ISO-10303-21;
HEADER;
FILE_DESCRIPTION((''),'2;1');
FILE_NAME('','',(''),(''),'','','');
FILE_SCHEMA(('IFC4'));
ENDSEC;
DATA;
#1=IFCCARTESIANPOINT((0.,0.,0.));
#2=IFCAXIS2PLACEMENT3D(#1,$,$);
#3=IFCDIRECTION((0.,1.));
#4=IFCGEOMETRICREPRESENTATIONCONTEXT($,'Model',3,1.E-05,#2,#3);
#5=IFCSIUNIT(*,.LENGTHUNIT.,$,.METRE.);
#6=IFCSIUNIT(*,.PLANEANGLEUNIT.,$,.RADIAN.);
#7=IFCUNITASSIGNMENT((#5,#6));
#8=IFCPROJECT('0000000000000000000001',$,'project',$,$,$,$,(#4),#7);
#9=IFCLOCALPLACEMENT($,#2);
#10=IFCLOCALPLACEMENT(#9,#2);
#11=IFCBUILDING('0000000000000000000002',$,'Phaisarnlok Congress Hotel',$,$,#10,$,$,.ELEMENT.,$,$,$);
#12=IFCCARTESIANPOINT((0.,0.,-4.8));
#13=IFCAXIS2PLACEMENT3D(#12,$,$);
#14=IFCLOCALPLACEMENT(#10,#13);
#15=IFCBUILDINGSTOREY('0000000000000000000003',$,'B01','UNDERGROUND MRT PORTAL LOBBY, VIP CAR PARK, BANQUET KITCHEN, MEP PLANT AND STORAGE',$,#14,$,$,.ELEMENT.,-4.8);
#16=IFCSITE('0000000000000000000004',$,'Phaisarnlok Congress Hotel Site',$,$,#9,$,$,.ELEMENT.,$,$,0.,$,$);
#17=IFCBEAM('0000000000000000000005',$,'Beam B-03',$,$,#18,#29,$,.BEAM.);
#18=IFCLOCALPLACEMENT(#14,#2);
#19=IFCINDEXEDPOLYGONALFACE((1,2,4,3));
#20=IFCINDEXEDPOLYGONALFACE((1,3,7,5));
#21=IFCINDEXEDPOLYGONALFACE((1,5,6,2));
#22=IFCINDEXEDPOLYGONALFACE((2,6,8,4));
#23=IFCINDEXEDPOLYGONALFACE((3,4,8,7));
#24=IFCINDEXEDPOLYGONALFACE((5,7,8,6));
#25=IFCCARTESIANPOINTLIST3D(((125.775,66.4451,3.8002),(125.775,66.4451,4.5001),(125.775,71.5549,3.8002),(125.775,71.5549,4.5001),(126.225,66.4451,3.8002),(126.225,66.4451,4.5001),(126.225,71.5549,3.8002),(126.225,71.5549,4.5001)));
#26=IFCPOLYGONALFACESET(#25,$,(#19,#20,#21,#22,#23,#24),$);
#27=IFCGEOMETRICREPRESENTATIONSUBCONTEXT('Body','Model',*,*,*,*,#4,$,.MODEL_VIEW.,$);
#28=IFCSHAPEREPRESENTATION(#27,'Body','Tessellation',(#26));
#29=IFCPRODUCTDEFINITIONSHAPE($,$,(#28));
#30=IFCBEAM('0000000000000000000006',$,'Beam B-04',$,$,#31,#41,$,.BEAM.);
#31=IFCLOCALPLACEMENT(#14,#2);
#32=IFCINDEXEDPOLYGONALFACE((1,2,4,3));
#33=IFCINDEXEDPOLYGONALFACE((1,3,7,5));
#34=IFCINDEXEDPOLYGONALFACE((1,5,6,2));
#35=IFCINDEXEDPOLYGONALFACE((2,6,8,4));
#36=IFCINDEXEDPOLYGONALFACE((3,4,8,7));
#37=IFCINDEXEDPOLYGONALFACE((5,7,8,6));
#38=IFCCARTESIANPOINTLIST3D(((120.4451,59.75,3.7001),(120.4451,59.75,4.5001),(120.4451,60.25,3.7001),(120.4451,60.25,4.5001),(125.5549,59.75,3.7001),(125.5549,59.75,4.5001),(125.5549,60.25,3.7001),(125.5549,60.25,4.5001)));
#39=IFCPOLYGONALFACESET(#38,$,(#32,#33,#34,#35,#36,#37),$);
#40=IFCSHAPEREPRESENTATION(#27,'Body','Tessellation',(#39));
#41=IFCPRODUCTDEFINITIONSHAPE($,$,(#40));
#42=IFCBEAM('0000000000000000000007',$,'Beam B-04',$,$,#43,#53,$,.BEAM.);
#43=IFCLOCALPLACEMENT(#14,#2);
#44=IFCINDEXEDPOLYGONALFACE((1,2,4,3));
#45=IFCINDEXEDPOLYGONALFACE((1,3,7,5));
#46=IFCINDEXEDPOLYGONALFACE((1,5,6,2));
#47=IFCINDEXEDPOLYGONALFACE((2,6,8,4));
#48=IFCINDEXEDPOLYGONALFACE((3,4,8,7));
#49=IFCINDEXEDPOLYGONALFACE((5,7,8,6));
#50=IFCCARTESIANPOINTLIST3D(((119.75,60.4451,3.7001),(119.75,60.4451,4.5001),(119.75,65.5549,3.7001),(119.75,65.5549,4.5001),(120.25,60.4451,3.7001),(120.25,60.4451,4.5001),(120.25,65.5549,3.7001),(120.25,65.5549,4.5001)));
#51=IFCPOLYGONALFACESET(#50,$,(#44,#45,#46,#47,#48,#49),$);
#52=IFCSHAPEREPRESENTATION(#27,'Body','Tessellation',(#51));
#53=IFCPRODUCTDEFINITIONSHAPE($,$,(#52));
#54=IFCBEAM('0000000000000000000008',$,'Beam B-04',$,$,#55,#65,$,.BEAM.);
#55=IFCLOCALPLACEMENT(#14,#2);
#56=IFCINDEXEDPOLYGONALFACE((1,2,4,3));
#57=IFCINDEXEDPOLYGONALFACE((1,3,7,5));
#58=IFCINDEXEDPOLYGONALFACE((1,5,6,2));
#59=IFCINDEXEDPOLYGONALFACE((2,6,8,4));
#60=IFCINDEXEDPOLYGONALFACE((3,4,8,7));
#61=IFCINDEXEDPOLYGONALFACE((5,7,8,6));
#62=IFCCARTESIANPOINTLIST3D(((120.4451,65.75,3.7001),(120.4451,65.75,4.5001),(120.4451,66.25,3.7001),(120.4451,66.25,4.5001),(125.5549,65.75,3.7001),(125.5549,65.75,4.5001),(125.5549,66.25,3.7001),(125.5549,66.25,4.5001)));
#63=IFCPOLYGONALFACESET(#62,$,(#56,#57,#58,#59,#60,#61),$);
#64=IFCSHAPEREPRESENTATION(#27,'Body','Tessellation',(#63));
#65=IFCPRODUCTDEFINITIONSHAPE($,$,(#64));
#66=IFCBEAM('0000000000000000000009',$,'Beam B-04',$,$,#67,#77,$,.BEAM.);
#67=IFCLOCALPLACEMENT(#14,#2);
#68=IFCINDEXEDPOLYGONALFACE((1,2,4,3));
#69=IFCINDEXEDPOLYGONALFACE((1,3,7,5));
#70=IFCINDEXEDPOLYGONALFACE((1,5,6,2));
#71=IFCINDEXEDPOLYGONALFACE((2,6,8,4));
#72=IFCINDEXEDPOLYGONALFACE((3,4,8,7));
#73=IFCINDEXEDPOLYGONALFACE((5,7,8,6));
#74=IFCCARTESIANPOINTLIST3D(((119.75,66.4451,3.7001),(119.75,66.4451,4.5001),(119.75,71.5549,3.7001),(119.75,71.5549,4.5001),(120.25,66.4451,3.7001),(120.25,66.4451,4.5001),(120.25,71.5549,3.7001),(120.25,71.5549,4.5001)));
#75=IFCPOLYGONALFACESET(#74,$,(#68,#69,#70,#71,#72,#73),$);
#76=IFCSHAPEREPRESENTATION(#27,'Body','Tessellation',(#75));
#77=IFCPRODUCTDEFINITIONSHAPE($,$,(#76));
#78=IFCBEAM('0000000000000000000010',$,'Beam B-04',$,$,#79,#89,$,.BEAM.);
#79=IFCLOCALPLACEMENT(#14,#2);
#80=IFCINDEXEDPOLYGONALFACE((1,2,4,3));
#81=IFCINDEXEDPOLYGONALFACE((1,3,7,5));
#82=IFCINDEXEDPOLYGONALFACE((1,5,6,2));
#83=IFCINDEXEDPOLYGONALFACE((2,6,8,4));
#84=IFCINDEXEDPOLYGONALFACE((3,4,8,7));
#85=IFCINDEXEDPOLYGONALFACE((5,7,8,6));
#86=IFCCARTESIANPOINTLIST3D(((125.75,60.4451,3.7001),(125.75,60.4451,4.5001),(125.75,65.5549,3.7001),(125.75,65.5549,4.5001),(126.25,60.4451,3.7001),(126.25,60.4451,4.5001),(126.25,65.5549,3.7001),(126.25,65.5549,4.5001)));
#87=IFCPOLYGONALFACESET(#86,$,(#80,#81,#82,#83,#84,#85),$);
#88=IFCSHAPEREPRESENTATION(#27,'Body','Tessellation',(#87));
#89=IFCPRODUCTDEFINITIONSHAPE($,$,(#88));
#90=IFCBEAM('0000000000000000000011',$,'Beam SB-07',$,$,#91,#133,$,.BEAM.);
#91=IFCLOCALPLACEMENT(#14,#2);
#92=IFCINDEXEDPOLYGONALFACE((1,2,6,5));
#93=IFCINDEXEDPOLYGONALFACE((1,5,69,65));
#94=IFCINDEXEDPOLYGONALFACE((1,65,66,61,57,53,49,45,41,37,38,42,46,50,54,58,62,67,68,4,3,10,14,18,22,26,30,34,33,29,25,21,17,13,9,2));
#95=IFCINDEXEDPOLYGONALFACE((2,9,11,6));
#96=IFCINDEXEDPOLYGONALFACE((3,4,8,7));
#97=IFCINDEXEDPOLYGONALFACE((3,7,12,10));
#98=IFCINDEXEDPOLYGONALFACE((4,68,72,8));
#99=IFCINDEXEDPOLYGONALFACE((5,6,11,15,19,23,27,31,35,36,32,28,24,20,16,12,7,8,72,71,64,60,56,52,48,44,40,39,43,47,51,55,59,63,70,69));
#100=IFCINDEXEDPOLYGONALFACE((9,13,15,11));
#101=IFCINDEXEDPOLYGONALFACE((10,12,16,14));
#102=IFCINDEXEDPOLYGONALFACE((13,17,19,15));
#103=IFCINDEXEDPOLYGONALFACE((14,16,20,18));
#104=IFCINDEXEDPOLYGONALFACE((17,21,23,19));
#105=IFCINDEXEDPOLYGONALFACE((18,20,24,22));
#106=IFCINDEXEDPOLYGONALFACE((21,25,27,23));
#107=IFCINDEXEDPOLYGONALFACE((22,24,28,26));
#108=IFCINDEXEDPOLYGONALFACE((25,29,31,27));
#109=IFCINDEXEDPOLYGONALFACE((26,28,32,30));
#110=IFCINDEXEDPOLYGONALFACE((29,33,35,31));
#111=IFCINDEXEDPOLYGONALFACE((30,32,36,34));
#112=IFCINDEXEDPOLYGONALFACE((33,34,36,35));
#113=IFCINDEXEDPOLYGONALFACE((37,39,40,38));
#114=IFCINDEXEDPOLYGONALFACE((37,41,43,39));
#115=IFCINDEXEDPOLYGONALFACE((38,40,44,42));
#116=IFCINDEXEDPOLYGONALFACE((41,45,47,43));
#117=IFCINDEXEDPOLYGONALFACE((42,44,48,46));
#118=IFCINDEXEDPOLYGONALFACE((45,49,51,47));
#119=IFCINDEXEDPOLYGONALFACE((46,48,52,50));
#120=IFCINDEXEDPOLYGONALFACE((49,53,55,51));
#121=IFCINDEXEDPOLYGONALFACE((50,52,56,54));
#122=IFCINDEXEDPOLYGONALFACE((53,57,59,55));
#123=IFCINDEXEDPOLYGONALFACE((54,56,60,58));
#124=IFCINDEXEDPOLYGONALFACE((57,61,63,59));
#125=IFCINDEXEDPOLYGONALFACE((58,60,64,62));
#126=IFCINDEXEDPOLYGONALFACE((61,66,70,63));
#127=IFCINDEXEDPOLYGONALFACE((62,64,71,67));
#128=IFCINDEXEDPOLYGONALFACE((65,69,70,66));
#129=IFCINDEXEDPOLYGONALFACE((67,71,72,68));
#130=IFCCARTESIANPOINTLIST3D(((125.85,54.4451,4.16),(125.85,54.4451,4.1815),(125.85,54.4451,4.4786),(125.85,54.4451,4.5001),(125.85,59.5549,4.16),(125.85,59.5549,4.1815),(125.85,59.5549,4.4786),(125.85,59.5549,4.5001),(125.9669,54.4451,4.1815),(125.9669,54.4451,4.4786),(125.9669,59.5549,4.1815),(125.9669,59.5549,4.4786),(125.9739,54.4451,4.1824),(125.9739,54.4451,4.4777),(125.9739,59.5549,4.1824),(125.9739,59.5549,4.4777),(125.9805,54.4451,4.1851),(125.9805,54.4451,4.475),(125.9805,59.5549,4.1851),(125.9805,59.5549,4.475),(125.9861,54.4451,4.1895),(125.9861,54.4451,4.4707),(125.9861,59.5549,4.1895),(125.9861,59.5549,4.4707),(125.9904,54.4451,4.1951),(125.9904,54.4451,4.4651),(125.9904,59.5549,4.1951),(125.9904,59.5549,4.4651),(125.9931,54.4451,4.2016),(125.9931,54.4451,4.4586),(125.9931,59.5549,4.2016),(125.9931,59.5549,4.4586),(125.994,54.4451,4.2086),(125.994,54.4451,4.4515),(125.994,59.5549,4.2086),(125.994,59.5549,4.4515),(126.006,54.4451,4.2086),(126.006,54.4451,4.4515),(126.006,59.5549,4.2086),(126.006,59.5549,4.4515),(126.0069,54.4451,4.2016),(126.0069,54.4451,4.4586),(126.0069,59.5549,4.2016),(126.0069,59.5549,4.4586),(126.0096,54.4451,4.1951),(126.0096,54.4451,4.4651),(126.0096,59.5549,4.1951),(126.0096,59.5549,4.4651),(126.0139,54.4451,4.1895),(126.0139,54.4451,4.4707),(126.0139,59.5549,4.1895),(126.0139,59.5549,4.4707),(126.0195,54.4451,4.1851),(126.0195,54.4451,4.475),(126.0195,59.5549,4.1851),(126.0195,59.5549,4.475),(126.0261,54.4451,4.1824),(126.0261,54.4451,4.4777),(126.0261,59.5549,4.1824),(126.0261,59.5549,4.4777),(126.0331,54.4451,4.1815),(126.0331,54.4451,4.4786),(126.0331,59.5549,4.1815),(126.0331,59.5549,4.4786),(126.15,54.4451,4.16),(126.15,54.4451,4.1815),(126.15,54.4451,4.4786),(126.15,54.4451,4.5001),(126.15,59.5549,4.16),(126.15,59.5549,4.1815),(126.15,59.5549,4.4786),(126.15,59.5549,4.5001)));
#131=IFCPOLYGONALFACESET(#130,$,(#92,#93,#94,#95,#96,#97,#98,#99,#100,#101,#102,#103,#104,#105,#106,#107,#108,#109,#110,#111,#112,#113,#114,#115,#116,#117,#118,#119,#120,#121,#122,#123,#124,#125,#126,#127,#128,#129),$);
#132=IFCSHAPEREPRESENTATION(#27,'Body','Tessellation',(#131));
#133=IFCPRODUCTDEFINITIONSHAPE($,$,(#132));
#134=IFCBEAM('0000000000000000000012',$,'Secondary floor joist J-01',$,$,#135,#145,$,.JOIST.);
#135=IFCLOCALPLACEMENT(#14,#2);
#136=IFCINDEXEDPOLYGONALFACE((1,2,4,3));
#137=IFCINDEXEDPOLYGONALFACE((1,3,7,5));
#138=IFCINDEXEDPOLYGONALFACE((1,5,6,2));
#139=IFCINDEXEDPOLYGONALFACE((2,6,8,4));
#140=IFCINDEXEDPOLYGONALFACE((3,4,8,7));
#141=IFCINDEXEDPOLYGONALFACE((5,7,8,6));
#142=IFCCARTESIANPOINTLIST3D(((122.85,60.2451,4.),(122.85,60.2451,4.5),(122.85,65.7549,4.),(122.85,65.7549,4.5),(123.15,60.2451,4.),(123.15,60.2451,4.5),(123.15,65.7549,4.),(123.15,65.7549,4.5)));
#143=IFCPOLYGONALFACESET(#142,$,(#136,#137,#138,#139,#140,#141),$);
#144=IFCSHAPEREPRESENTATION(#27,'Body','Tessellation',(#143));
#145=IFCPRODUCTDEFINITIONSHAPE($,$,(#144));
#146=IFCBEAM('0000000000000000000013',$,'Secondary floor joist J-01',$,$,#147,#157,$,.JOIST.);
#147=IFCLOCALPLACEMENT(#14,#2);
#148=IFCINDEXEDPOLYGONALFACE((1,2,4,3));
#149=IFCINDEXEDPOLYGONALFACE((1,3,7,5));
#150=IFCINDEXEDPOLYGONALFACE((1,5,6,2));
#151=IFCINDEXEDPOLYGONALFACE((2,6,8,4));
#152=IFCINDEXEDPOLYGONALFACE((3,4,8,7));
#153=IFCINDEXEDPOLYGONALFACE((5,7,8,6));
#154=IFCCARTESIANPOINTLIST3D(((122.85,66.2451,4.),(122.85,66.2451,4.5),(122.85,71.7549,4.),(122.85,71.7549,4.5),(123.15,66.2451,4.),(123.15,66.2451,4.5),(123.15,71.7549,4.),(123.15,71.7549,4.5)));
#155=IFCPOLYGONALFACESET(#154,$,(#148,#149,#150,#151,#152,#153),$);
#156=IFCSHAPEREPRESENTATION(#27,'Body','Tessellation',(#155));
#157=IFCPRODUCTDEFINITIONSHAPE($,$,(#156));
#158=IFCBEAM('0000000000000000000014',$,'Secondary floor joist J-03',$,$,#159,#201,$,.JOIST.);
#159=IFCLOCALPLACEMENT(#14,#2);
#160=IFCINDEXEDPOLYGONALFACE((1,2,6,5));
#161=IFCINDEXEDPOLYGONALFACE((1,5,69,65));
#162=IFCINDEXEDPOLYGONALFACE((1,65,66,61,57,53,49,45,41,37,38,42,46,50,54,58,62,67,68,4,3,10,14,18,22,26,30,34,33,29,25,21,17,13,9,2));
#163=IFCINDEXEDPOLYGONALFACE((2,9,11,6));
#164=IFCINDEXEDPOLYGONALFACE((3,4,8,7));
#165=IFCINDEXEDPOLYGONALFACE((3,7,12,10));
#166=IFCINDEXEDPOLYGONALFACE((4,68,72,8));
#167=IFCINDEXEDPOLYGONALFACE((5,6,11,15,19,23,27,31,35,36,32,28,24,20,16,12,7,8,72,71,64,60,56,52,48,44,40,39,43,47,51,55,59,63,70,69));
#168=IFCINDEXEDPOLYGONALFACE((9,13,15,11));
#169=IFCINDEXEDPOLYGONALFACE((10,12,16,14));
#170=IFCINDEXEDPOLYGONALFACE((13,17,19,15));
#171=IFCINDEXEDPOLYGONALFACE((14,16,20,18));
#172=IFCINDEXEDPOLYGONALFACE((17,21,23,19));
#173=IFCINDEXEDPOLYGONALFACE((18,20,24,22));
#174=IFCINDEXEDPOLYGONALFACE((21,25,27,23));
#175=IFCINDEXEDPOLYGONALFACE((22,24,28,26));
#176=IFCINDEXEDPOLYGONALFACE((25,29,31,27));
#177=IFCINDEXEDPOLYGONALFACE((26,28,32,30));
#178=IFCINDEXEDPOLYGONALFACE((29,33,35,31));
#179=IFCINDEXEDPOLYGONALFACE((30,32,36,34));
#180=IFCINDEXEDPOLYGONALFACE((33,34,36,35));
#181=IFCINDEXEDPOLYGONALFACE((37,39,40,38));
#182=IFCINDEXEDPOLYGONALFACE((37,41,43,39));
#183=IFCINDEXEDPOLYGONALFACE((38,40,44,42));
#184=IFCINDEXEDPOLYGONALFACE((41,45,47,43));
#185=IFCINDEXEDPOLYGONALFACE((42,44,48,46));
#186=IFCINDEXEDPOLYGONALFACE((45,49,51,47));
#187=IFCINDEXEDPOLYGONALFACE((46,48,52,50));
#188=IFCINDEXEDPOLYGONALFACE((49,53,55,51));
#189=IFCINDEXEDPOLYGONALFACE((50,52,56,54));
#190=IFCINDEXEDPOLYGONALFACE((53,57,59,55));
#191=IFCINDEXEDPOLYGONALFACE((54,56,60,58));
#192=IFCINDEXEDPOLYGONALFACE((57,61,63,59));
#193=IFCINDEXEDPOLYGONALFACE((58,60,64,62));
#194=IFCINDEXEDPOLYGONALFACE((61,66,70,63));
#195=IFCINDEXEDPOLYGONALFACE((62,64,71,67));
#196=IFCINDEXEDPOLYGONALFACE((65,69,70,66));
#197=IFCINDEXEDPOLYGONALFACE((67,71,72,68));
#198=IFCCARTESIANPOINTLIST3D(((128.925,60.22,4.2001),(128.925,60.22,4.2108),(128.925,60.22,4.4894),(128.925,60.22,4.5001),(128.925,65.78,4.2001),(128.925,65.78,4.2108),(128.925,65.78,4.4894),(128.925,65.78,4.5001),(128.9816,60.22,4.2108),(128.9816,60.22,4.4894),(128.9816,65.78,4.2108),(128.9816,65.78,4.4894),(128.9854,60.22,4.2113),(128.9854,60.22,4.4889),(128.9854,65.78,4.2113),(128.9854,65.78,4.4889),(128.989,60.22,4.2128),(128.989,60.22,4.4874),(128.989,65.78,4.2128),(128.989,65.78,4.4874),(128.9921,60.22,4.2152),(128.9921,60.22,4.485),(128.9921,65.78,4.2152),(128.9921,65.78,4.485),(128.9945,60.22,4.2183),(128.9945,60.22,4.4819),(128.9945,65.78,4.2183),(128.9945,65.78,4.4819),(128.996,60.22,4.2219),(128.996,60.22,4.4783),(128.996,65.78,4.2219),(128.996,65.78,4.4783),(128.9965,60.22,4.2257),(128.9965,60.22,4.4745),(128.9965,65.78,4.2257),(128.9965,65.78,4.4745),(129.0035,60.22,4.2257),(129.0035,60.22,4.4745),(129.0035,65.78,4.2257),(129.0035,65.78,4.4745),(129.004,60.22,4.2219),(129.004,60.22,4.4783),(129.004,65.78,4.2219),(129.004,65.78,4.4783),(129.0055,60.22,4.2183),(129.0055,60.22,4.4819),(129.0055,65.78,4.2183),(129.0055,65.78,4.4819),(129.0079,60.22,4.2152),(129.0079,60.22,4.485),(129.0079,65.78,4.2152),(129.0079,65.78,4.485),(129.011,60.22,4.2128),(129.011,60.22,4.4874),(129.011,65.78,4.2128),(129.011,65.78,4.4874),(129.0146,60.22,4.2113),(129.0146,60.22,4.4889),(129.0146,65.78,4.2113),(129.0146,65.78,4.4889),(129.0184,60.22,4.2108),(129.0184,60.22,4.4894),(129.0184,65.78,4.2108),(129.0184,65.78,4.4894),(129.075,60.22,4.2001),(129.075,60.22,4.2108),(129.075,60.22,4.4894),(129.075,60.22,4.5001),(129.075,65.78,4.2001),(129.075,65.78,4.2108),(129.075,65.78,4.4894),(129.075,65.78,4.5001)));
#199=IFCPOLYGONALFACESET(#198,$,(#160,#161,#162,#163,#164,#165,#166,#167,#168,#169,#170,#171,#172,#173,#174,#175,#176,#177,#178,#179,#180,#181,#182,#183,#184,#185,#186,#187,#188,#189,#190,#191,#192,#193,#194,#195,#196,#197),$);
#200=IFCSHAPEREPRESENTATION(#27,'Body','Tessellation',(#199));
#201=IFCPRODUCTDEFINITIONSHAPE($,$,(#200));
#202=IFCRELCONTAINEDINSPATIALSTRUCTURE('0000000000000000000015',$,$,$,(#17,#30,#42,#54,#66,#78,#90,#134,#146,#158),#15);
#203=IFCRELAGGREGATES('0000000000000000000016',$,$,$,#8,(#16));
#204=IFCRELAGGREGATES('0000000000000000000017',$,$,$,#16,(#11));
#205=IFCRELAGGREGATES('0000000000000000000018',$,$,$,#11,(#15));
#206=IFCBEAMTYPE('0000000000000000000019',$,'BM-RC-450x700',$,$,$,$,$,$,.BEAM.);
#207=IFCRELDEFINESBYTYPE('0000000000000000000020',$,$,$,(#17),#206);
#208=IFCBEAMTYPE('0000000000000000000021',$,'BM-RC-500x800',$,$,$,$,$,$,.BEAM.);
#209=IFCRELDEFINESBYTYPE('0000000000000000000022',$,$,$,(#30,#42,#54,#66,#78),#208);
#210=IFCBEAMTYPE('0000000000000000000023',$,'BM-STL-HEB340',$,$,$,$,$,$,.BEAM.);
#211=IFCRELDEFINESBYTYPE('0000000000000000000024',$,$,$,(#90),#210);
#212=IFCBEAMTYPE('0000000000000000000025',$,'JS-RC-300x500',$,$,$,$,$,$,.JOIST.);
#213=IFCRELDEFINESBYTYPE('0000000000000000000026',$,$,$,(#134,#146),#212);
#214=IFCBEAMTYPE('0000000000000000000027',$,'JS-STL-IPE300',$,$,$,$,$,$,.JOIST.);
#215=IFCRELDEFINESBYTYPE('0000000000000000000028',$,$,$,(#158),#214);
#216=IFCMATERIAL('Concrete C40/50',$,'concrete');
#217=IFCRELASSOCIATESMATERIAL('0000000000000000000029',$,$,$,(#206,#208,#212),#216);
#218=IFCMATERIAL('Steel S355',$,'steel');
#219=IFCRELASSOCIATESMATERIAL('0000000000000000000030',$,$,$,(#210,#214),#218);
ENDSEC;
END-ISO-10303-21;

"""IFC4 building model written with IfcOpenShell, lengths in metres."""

from ifc_helpers import new_model, si_unit, direction, frame, origin, origin_2d, place, context, subcontext, project, spatial, rectangle, i_section, extrude, material, material_profile, profile_set, type_object, element, save


model = new_model("IFC4")

# Units and contexts
model_context = context("Model", 3, precision=1e-05, world=origin(), true_north=direction((0.0, 1.0)))
body_context = subcontext(model_context, "Body", "Model", "MODEL_VIEW")
ifc_project = project(units=[si_unit("LENGTHUNIT", "METRE"), si_unit("PLANEANGLEUNIT", "RADIAN")], contexts=[model_context])

# Site, building, storey
site_placement = place(None, origin())
site = spatial("IfcSite", under=ifc_project, at=site_placement, Name="Phaisarnlok Congress Hotel Site", CompositionType="ELEMENT", RefElevation=0.0)
building_placement = place(site_placement, origin())
building = spatial("IfcBuilding", under=site, at=building_placement, Name="Phaisarnlok Congress Hotel", CompositionType="ELEMENT")
storey_placement = place(building_placement, frame((0.0, 0.0, -4.8)))
storey = spatial("IfcBuildingStorey", under=building, at=storey_placement, Name="B01", Description="UNDERGROUND MRT PORTAL LOBBY, VIP CAR PARK, BANQUET KITCHEN, MEP PLANT AND STORAGE", CompositionType="ELEMENT", Elevation=-4.8)

# Shared definitions
ifc_material_1 = material(Name="Concrete C40/50", Category="concrete")

# Beams
ifc_material_profile_1 = material_profile(ifc_material_1, rectangle(XDim=0.45, YDim=0.7, at=origin_2d()), Name="RC 450x700")
ifc_profile_set_1 = profile_set([ifc_material_profile_1], Name="Concrete C40/50")
beam_type_1 = type_object("IfcBeamType", Name="BM-RC-450x700", PredefinedType="BEAM", material=ifc_profile_set_1)
for number, where, z_axis, x_axis, name in (
    (1, (126.0, 66.4451, 4.1501), (0.0, 1.0, 0.0), (-1.0, 0.0, 0.0), "Beam B-03"),
):
    element("IfcBeam", number, at=place(storey_placement, frame(where, z_axis=z_axis, x_axis=x_axis)), inside=storey, type_object=beam_type_1, Name=name, PredefinedType="BEAM", context=body_context, shape_type="SweptSolid", body=[
        extrude(rectangle(XDim=0.45, YDim=0.7, at=origin_2d()), origin(), (0.0, 0.0, 1.0), 5.1099),
    ])
ifc_material_profile_2 = material_profile(ifc_material_1, rectangle(XDim=0.5, YDim=0.8, at=origin_2d()), Name="RC 500x800")
ifc_profile_set_2 = profile_set([ifc_material_profile_2], Name="Concrete C40/50")
beam_type_2 = type_object("IfcBeamType", Name="BM-RC-500x800", PredefinedType="BEAM", material=ifc_profile_set_2)
for number, where, z_axis, x_axis, name in (
    (2, (120.4451, 60.0, 4.1001), (1.0, 0.0, 0.0), (0.0, 1.0, 0.0), "Beam B-04"),
    (3, (120.0, 60.4451, 4.1001), (0.0, 1.0, 0.0), (-1.0, 0.0, 0.0), "Beam B-04"),
    (4, (120.4451, 66.0, 4.1001), (1.0, 0.0, 0.0), (0.0, 1.0, 0.0), "Beam B-04"),
    (5, (120.0, 66.4451, 4.1001), (0.0, 1.0, 0.0), (-1.0, 0.0, 0.0), "Beam B-04"),
    (6, (126.0, 60.4451, 4.1001), (0.0, 1.0, 0.0), (-1.0, 0.0, 0.0), "Beam B-04"),
):
    element("IfcBeam", number, at=place(storey_placement, frame(where, z_axis=z_axis, x_axis=x_axis)), inside=storey, type_object=beam_type_2, Name=name, PredefinedType="BEAM", context=body_context, shape_type="SweptSolid", body=[
        extrude(rectangle(XDim=0.5, YDim=0.8, at=origin_2d()), origin(), (0.0, 0.0, 1.0), 5.1099),
    ])
ifc_material_2 = material(Name="Steel S355", Category="steel")
ifc_material_profile_3 = material_profile(ifc_material_2, i_section(OverallWidth=0.3, OverallDepth=0.3401, WebThickness=0.012, FlangeThickness=0.0215, FilletRadius=0.0271, at=origin_2d()), Name="HEB 340")
ifc_profile_set_3 = profile_set([ifc_material_profile_3], Name="Steel S355")
beam_type_3 = type_object("IfcBeamType", Name="BM-STL-HEB340", PredefinedType="BEAM", material=ifc_profile_set_3)
beam_placement = place(storey_placement, frame((126.0, 54.4451, 4.3301), z_axis=(0.0, 1.0, 0.0), x_axis=(-1.0, 0.0, 0.0)))
element("IfcBeam", 7, at=beam_placement, inside=storey, type_object=beam_type_3, Name="Beam SB-07", PredefinedType="BEAM", context=body_context, shape_type="SweptSolid", body=[
    extrude(i_section(OverallWidth=0.3, OverallDepth=0.3401, WebThickness=0.012, FlangeThickness=0.0215, FilletRadius=0.0271, at=origin_2d()), origin(), (0.0, 0.0, 1.0), 5.1099),
])
ifc_material_profile_4 = material_profile(ifc_material_1, rectangle(XDim=0.3, YDim=0.5, at=origin_2d()), Name="RC 300x500")
ifc_profile_set_4 = profile_set([ifc_material_profile_4], Name="Concrete C40/50")
beam_type_4 = type_object("IfcBeamType", Name="JS-RC-300x500", PredefinedType="JOIST", material=ifc_profile_set_4)
for number, where, z_axis, x_axis, name in (
    (8, (123.0, 60.2451, 4.25), (0.0, 1.0, 0.0), (-1.0, 0.0, 0.0), "Secondary floor joist J-01"),
    (9, (123.0, 66.2451, 4.25), (0.0, 1.0, 0.0), (-1.0, 0.0, 0.0), "Secondary floor joist J-01"),
):
    element("IfcBeam", number, at=place(storey_placement, frame(where, z_axis=z_axis, x_axis=x_axis)), inside=storey, type_object=beam_type_4, Name=name, PredefinedType="JOIST", context=body_context, shape_type="SweptSolid", body=[
        extrude(rectangle(XDim=0.3, YDim=0.5, at=origin_2d()), origin(), (0.0, 0.0, 1.0), 5.5098),
    ])
ifc_material_profile_5 = material_profile(ifc_material_2, i_section(OverallWidth=0.1499, OverallDepth=0.3, WebThickness=0.0071, FlangeThickness=0.0107, FilletRadius=0.0149, at=origin_2d()), Name="IPE 300")
ifc_profile_set_5 = profile_set([ifc_material_profile_5], Name="Steel S355")
beam_type_5 = type_object("IfcBeamType", Name="JS-STL-IPE300", PredefinedType="JOIST", material=ifc_profile_set_5)
for number, where, z_axis, x_axis, name in (
    (10, (129.0, 60.22, 4.3501), (0.0, 1.0, 0.0), (-1.0, 0.0, 0.0), "Secondary floor joist J-03"),
):
    element("IfcBeam", number, at=place(storey_placement, frame(where, z_axis=z_axis, x_axis=x_axis)), inside=storey, type_object=beam_type_5, Name=name, PredefinedType="JOIST", context=body_context, shape_type="SweptSolid", body=[
        extrude(i_section(OverallWidth=0.1499, OverallDepth=0.3, WebThickness=0.0071, FlangeThickness=0.0107, FilletRadius=0.0149, at=origin_2d()), origin(), (0.0, 0.0, 1.0), 5.5601),
    ])

save(model, "model.ifc")
